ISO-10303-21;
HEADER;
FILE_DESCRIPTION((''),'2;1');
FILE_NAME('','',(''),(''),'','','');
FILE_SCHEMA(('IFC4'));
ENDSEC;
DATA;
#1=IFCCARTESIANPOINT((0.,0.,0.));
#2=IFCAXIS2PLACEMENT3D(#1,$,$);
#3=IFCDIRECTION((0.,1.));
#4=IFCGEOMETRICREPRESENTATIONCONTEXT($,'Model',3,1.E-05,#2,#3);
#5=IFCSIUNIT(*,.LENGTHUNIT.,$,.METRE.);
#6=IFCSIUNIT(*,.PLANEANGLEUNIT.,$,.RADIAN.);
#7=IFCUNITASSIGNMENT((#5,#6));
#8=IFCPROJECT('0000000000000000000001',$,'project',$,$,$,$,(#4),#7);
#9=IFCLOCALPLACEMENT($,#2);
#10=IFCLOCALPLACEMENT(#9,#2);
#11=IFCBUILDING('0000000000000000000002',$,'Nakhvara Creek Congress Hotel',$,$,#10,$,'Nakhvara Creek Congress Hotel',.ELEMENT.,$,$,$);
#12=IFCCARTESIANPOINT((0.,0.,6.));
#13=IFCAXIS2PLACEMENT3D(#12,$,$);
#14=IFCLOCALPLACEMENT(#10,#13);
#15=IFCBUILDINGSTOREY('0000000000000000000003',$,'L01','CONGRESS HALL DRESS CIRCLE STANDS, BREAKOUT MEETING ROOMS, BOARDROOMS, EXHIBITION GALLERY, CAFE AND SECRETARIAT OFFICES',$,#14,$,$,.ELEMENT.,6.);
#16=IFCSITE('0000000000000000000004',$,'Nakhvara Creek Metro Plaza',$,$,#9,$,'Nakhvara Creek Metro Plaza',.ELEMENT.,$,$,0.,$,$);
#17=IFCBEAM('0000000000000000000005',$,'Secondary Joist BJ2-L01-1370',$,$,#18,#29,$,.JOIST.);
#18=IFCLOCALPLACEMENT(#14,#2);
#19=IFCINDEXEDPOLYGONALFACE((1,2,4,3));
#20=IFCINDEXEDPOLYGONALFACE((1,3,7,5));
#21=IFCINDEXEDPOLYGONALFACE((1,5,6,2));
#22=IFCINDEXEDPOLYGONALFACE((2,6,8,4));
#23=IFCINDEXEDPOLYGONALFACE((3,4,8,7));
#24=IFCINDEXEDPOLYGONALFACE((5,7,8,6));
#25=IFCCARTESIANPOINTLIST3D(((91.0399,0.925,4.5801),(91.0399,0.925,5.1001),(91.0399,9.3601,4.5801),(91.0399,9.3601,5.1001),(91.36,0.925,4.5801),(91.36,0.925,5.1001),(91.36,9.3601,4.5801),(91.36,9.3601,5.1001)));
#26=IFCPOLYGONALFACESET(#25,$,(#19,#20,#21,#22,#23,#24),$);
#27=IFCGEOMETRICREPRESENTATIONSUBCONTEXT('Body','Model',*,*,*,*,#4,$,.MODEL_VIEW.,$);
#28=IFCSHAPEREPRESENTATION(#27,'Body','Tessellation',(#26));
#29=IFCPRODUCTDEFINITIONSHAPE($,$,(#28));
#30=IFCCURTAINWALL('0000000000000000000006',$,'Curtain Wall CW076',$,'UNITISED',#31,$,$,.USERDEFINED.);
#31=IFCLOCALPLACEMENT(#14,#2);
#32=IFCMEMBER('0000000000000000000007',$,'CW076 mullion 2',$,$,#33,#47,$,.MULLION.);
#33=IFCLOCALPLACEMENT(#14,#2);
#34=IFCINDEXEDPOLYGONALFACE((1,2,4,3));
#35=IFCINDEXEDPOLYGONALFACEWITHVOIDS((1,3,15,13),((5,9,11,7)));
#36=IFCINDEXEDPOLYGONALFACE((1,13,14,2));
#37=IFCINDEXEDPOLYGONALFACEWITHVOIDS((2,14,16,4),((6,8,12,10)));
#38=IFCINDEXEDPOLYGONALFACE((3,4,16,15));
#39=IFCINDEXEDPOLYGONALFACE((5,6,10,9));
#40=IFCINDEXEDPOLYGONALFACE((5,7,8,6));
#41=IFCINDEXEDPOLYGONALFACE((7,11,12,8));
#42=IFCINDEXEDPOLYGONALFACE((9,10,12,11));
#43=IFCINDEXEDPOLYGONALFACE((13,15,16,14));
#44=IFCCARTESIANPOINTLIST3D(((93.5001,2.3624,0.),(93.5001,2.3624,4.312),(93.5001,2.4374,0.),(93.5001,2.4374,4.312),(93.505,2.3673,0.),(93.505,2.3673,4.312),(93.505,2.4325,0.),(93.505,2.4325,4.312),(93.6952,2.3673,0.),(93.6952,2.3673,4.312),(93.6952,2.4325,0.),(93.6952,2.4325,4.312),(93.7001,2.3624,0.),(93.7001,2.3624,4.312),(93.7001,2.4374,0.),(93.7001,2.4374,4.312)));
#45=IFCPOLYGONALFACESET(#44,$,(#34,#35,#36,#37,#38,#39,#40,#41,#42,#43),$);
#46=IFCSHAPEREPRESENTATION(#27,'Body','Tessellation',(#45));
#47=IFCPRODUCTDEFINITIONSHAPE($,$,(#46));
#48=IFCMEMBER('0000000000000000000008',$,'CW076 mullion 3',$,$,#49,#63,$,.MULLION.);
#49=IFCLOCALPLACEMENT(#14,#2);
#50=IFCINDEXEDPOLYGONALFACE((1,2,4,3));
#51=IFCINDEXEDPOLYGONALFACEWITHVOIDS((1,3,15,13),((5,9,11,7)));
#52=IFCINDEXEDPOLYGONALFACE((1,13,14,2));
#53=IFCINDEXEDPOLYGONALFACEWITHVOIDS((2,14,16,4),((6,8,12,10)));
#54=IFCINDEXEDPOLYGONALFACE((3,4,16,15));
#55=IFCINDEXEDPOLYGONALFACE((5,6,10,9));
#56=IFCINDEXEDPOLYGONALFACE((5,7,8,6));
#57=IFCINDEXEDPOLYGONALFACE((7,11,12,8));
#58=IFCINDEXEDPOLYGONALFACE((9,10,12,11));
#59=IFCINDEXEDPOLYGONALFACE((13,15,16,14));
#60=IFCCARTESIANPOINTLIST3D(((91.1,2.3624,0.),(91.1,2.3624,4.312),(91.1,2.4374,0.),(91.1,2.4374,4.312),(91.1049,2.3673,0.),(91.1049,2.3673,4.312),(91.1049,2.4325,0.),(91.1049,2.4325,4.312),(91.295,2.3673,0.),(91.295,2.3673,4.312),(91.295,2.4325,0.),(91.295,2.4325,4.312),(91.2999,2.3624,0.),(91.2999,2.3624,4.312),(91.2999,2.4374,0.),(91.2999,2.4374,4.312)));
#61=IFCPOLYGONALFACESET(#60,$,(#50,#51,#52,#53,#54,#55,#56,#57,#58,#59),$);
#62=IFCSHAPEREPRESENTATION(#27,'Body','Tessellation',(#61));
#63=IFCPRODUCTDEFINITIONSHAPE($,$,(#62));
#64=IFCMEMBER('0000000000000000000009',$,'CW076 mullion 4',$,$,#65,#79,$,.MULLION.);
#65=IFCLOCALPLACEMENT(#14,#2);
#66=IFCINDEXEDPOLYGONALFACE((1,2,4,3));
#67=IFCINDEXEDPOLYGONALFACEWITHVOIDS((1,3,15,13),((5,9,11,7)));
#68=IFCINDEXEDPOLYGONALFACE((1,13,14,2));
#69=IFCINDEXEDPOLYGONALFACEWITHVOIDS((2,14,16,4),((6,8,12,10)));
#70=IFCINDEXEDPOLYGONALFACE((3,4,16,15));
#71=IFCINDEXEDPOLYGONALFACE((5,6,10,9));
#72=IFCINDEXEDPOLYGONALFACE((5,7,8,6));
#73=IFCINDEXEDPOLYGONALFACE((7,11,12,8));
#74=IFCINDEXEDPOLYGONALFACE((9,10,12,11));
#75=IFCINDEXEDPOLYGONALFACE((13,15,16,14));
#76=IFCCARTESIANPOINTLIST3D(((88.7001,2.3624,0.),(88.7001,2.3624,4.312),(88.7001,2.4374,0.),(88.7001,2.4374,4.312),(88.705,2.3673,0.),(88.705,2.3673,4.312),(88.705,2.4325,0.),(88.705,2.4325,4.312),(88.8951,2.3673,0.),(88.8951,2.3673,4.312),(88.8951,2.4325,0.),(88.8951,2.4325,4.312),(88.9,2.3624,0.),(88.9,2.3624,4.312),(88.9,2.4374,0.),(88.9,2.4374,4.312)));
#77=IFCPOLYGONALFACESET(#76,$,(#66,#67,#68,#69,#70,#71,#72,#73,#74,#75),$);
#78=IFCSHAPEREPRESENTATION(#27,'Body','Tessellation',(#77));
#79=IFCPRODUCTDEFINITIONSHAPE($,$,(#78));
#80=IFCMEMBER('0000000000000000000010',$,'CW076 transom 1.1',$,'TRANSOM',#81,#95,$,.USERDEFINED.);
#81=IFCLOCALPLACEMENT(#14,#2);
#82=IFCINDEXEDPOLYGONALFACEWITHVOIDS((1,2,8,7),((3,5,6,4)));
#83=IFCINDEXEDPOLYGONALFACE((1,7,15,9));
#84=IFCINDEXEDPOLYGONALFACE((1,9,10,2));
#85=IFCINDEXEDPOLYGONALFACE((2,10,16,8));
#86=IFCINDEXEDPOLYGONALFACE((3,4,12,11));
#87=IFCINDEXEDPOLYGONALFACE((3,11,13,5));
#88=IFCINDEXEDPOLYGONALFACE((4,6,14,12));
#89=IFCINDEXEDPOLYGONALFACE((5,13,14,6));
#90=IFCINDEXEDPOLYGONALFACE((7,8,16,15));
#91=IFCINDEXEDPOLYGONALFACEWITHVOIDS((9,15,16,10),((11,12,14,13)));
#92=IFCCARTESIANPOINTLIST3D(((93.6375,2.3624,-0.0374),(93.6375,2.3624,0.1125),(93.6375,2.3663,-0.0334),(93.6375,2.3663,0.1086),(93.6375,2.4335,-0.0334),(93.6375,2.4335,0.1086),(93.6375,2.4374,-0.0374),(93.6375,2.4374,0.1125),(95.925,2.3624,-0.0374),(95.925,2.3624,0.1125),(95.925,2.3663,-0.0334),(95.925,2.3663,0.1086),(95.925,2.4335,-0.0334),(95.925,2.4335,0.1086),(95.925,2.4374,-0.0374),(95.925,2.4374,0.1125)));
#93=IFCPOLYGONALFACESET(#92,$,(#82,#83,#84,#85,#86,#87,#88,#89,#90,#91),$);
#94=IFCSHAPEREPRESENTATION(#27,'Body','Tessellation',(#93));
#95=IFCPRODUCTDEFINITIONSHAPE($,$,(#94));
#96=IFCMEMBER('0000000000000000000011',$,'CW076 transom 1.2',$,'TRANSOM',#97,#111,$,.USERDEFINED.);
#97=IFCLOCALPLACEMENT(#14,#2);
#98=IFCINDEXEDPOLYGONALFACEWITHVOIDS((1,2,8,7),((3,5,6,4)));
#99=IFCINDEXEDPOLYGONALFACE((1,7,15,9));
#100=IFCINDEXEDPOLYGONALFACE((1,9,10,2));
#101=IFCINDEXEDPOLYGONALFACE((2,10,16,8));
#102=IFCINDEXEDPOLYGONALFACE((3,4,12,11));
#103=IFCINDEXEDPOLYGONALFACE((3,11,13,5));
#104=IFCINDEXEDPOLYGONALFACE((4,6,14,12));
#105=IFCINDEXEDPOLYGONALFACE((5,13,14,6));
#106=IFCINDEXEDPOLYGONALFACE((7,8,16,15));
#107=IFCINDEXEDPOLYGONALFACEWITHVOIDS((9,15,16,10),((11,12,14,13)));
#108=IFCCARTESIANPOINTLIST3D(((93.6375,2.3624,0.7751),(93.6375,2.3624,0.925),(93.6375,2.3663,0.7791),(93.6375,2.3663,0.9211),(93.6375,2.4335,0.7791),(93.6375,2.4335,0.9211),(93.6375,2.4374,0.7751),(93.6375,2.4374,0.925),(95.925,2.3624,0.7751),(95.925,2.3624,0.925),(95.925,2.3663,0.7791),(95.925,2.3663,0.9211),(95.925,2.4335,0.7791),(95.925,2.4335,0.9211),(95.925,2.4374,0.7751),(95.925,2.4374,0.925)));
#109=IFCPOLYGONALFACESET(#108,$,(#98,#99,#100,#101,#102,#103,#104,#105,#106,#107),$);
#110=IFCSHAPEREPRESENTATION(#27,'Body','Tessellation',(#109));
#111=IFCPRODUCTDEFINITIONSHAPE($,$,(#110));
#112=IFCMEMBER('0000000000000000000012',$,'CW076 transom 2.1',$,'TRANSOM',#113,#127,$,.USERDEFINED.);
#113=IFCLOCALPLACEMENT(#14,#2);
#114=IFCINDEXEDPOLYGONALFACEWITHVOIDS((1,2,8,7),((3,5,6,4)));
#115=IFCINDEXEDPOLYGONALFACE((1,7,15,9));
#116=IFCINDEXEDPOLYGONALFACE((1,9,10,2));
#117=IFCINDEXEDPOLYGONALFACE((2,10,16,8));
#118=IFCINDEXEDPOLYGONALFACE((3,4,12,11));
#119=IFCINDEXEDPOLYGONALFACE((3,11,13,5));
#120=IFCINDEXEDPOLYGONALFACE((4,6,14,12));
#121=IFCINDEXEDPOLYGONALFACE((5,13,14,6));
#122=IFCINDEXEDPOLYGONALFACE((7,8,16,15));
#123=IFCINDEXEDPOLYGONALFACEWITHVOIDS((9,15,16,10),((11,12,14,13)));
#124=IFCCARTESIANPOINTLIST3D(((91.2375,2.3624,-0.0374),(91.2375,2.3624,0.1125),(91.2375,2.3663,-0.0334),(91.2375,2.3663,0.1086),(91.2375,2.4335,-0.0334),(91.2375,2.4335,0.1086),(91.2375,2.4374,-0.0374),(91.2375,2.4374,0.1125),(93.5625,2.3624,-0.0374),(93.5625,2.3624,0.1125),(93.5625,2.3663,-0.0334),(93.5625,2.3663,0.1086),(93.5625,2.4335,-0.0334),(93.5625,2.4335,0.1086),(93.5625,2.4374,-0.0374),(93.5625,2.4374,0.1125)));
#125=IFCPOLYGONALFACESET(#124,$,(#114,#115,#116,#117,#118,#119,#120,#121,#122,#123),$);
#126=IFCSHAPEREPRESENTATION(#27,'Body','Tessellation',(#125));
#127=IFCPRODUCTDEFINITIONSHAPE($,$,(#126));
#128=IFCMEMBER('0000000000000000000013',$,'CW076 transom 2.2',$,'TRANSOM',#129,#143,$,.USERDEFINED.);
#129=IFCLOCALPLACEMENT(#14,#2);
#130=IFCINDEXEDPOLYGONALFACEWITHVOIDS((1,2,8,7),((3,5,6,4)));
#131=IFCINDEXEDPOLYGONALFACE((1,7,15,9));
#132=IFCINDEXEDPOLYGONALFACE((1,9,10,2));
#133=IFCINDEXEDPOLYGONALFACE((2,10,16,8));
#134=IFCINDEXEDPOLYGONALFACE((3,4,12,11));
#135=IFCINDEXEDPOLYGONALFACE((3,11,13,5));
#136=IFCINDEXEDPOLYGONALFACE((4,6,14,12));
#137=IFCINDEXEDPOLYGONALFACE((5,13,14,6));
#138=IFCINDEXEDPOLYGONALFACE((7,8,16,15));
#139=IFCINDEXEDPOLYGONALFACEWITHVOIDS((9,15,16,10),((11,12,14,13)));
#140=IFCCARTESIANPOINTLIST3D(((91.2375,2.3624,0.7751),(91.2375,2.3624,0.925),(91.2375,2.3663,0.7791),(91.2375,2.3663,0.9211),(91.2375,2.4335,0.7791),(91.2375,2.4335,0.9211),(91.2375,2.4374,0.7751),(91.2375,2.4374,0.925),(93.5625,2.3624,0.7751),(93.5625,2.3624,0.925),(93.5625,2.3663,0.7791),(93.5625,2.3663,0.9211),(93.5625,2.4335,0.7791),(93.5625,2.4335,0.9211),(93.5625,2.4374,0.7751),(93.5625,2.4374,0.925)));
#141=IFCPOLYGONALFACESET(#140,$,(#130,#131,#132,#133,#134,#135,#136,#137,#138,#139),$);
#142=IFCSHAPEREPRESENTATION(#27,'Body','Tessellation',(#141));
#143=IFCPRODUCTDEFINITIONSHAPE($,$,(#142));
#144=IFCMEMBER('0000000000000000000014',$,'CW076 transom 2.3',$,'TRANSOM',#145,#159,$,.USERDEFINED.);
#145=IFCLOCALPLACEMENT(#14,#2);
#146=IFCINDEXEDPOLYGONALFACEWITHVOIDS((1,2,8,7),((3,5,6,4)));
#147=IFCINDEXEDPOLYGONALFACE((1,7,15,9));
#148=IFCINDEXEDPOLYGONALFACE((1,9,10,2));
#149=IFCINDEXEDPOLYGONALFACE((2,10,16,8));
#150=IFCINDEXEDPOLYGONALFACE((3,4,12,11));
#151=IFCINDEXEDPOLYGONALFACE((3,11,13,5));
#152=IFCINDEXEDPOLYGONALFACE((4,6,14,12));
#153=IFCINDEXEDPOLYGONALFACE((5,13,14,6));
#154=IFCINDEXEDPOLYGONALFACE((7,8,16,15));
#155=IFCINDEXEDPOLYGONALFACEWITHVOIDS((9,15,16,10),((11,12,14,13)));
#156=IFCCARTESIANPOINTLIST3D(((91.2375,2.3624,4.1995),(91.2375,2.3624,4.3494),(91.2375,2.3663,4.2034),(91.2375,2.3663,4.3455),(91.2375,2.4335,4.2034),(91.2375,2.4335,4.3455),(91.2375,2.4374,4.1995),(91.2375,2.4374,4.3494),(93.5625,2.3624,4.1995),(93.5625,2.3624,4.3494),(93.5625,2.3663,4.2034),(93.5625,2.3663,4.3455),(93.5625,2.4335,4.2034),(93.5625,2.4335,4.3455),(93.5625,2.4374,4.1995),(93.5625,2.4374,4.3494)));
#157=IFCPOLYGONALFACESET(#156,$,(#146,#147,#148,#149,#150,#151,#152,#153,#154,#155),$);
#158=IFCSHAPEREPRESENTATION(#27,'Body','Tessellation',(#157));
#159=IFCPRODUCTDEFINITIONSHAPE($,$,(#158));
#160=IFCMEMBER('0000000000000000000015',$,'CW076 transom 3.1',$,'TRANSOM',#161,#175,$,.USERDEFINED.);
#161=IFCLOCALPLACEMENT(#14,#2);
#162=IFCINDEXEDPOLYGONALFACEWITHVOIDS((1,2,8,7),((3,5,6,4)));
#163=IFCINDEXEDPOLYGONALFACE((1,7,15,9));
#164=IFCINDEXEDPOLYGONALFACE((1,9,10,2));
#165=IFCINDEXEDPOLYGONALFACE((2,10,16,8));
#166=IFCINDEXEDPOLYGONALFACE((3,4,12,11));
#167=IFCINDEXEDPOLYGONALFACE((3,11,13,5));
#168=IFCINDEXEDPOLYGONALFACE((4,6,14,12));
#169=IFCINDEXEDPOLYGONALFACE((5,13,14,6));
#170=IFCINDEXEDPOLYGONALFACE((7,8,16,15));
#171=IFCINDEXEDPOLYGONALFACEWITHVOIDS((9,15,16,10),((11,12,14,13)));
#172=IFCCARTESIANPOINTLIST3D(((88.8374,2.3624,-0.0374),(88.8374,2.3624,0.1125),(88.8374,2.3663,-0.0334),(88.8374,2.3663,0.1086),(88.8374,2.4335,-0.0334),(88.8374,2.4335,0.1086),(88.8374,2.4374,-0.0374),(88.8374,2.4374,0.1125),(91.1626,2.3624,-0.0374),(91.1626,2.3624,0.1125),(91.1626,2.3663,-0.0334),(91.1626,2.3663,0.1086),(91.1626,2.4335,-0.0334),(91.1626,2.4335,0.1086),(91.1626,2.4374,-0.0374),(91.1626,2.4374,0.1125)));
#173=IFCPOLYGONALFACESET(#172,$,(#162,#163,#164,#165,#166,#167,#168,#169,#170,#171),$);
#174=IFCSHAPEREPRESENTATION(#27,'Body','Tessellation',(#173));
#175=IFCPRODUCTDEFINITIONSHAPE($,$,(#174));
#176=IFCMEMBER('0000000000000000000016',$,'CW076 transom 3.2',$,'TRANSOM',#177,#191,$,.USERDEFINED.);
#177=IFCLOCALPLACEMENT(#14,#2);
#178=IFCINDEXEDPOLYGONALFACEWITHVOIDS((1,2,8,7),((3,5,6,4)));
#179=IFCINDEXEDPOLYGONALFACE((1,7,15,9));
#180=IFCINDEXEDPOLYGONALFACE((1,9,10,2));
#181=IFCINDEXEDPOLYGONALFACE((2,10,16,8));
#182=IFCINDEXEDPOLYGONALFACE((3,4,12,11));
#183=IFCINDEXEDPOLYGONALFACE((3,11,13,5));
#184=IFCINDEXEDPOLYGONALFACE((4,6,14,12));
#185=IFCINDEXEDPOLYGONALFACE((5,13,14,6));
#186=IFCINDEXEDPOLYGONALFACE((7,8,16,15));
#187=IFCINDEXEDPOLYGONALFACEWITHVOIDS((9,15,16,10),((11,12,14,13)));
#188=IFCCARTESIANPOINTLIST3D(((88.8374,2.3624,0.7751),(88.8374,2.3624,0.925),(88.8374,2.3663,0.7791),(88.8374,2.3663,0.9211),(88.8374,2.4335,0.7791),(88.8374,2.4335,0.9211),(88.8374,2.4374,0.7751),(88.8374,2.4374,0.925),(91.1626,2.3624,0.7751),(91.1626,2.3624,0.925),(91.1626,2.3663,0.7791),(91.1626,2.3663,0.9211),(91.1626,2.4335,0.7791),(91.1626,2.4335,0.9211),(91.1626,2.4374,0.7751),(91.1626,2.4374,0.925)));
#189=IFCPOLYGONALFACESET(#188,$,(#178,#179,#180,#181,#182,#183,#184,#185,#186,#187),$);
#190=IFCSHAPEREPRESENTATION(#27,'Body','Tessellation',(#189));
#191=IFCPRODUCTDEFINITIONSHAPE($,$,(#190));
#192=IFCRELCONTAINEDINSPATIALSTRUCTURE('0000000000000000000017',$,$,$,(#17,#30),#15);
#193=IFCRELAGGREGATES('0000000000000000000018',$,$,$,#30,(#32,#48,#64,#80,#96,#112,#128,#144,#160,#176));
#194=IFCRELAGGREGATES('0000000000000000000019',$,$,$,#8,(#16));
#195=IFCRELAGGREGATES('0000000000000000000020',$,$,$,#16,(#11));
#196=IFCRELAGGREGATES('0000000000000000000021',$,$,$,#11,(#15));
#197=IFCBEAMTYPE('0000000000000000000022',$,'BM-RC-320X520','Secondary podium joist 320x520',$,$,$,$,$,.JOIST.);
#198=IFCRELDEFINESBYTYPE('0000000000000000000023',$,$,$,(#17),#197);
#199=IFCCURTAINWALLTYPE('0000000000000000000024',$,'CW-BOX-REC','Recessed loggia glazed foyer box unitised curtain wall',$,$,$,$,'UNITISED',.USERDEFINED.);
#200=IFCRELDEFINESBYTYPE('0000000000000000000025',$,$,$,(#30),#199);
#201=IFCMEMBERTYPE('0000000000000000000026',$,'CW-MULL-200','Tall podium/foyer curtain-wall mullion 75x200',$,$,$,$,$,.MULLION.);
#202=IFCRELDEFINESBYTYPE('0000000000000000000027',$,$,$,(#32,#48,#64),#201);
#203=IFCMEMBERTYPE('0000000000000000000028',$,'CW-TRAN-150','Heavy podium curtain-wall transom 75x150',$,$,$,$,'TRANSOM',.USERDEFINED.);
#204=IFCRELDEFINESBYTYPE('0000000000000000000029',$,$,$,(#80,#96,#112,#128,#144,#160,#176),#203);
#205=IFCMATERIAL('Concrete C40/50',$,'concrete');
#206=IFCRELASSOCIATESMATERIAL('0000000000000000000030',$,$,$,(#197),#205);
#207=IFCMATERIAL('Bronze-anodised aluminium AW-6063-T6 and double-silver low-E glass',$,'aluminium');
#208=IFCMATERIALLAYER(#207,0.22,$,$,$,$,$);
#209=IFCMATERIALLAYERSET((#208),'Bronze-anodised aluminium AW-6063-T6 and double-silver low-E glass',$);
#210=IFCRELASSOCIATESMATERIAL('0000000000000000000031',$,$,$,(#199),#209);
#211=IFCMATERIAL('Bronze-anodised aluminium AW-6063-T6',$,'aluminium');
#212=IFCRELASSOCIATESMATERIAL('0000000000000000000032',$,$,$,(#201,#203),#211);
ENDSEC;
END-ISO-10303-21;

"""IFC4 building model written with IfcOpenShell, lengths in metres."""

from ifc_helpers import new_model, si_unit, direction, frame, origin, origin_2d, place, context, subcontext, project, spatial, rectangle, hollow_rectangle, extrude, material, layer, layer_set, material_profile, profile_set, type_object, element, aggregate, save


model = new_model("IFC4")

# Units and contexts
model_context = context("Model", 3, precision=1e-05, world=origin(), true_north=direction((0.0, 1.0)))
body_context = subcontext(model_context, "Body", "Model", "MODEL_VIEW")
ifc_project = project(units=[si_unit("LENGTHUNIT", "METRE"), si_unit("PLANEANGLEUNIT", "RADIAN")], contexts=[model_context])

# Site, building, storey
site_placement = place(None, origin())
site = spatial("IfcSite", under=ifc_project, at=site_placement, Name="Nakhvara Creek Metro Plaza", LongName="Nakhvara Creek Metro Plaza", CompositionType="ELEMENT", RefElevation=0.0)
building_placement = place(site_placement, origin())
building = spatial("IfcBuilding", under=site, at=building_placement, Name="Nakhvara Creek Congress Hotel", LongName="Nakhvara Creek Congress Hotel", CompositionType="ELEMENT")
storey_placement = place(building_placement, frame((0.0, 0.0, 6.0)))
storey = spatial("IfcBuildingStorey", under=building, at=storey_placement, Name="L01", Description="CONGRESS HALL DRESS CIRCLE STANDS, BREAKOUT MEETING ROOMS, BOARDROOMS, EXHIBITION GALLERY, CAFE AND SECRETARIAT OFFICES", CompositionType="ELEMENT", Elevation=6.0)

# Beam
ifc_material_1 = material(Name="Concrete C40/50", Category="concrete")
ifc_material_profile_1 = material_profile(ifc_material_1, rectangle(XDim=0.3201, YDim=0.52, at=origin_2d()), Name="RC-BM 320x520", Category="LoadBearing")
ifc_profile_set_1 = profile_set([ifc_material_profile_1], Name="Concrete C40/50")
beam_type = type_object("IfcBeamType", Name="BM-RC-320X520", Description="Secondary podium joist 320x520", PredefinedType="JOIST", material=ifc_profile_set_1)
beam_placement = place(storey_placement, frame((91.2, 0.925, 4.8401), z_axis=(0.0, 1.0, 0.0), x_axis=(-1.0, 0.0, 0.0)))
element("IfcBeam", 1, at=beam_placement, inside=storey, type_object=beam_type, Name="Secondary Joist BJ2-L01-1370", PredefinedType="JOIST", context=body_context, shape_type="SweptSolid", body=[
    extrude(rectangle(XDim=0.3201, YDim=0.52, at=origin_2d()), origin(), (0.0, 0.0, 1.0), 8.4351),
])

# Curtain wall, members
ifc_material_2 = material(Name="Bronze-anodised aluminium AW-6063-T6 and double-silver low-E glass", Category="aluminium")
ifc_layer = layer(ifc_material_2, 0.22)
ifc_layer_set = layer_set([ifc_layer], Name="Bronze-anodised aluminium AW-6063-T6 and double-silver low-E glass")
curtain_wall_type = type_object("IfcCurtainWallType", Name="CW-BOX-REC", Description="Recessed loggia glazed foyer box unitised curtain wall", ElementType="UNITISED", PredefinedType="USERDEFINED", material=ifc_layer_set)
curtain_wall_placement = place(storey_placement, origin())
curtain_wall = element("IfcCurtainWall", 2, at=curtain_wall_placement, inside=storey, type_object=curtain_wall_type, Name="Curtain Wall CW076", ObjectType="UNITISED", PredefinedType="USERDEFINED")
ifc_material_3 = material(Name="Bronze-anodised aluminium AW-6063-T6", Category="aluminium")
ifc_material_profile_2 = material_profile(ifc_material_3, hollow_rectangle(XDim=0.075, YDim=0.2, WallThickness=0.0049, at=origin_2d()), Name="ALU-MULL 75x200x5", Category="LoadBearing")
ifc_profile_set_2 = profile_set([ifc_material_profile_2], Name="Bronze-anodised aluminium AW-6063-T6")
member_type_1 = type_object("IfcMemberType", Name="CW-MULL-200", Description="Tall podium/foyer curtain-wall mullion 75x200", PredefinedType="MULLION", material=ifc_profile_set_2)
member_1_placement = place(storey_placement, frame((93.6001, 2.3999, 0.0), z_axis=(0.0, 0.0, 1.0), x_axis=(0.0, -1.0, 0.0)))
member_1 = element("IfcMember", 3, at=member_1_placement, type_object=member_type_1, Name="CW076 mullion 2", PredefinedType="MULLION", context=body_context, shape_type="SweptSolid", body=[
    extrude(hollow_rectangle(XDim=0.075, YDim=0.2, WallThickness=0.0049, at=origin_2d()), origin(), (0.0, 0.0, 1.0), 4.312),
])
member_2_placement = place(storey_placement, frame((91.2, 2.3999, 0.0), z_axis=(0.0, 0.0, 1.0), x_axis=(0.0, -1.0, 0.0)))
member_2 = element("IfcMember", 4, at=member_2_placement, type_object=member_type_1, Name="CW076 mullion 3", PredefinedType="MULLION", context=body_context, shape_type="SweptSolid", body=[
    extrude(hollow_rectangle(XDim=0.075, YDim=0.2, WallThickness=0.0049, at=origin_2d()), origin(), (0.0, 0.0, 1.0), 4.312),
])
member_3_placement = place(storey_placement, frame((88.8, 2.3999, 0.0), z_axis=(0.0, 0.0, 1.0), x_axis=(0.0, -1.0, 0.0)))
member_3 = element("IfcMember", 5, at=member_3_placement, type_object=member_type_1, Name="CW076 mullion 4", PredefinedType="MULLION", context=body_context, shape_type="SweptSolid", body=[
    extrude(hollow_rectangle(XDim=0.075, YDim=0.2, WallThickness=0.0049, at=origin_2d()), origin(), (0.0, 0.0, 1.0), 4.312),
])
ifc_material_profile_3 = material_profile(ifc_material_3, hollow_rectangle(XDim=0.075, YDim=0.1499, WallThickness=0.0039, at=origin_2d()), Name="ALU-TRAN 75x150x4", Category="LoadBearing")
ifc_profile_set_3 = profile_set([ifc_material_profile_3], Name="Bronze-anodised aluminium AW-6063-T6")
member_type_2 = type_object("IfcMemberType", Name="CW-TRAN-150", Description="Heavy podium curtain-wall transom 75x150", ElementType="TRANSOM", PredefinedType="USERDEFINED", material=ifc_profile_set_3)
member_4_placement = place(storey_placement, frame((95.925, 2.3999, 0.0376), z_axis=(-1.0, 0.0, 0.0), x_axis=(0.0, -1.0, 0.0)))
member_4 = element("IfcMember", 6, at=member_4_placement, type_object=member_type_2, Name="CW076 transom 1.1", ObjectType="TRANSOM", PredefinedType="USERDEFINED", context=body_context, shape_type="SweptSolid", body=[
    extrude(hollow_rectangle(XDim=0.075, YDim=0.1499, WallThickness=0.0039, at=origin_2d()), origin(), (0.0, 0.0, 1.0), 2.2876),
])
member_5_placement = place(storey_placement, frame((95.925, 2.3999, 0.8501), z_axis=(-1.0, 0.0, 0.0), x_axis=(0.0, -1.0, 0.0)))
member_5 = element("IfcMember", 7, at=member_5_placement, type_object=member_type_2, Name="CW076 transom 1.2", ObjectType="TRANSOM", PredefinedType="USERDEFINED", context=body_context, shape_type="SweptSolid", body=[
    extrude(hollow_rectangle(XDim=0.075, YDim=0.1499, WallThickness=0.0039, at=origin_2d()), origin(), (0.0, 0.0, 1.0), 2.2876),
])
member_6_placement = place(storey_placement, frame((93.5625, 2.3999, 0.0376), z_axis=(-1.0, 0.0, 0.0), x_axis=(0.0, -1.0, 0.0)))
member_6 = element("IfcMember", 8, at=member_6_placement, type_object=member_type_2, Name="CW076 transom 2.1", ObjectType="TRANSOM", PredefinedType="USERDEFINED", context=body_context, shape_type="SweptSolid", body=[
    extrude(hollow_rectangle(XDim=0.075, YDim=0.1499, WallThickness=0.0039, at=origin_2d()), origin(), (0.0, 0.0, 1.0), 2.325),
])
member_7_placement = place(storey_placement, frame((93.5625, 2.3999, 0.8501), z_axis=(-1.0, 0.0, 0.0), x_axis=(0.0, -1.0, 0.0)))
member_7 = element("IfcMember", 9, at=member_7_placement, type_object=member_type_2, Name="CW076 transom 2.2", ObjectType="TRANSOM", PredefinedType="USERDEFINED", context=body_context, shape_type="SweptSolid", body=[
    extrude(hollow_rectangle(XDim=0.075, YDim=0.1499, WallThickness=0.0039, at=origin_2d()), origin(), (0.0, 0.0, 1.0), 2.325),
])
member_8_placement = place(storey_placement, frame((93.5625, 2.3999, 4.2744), z_axis=(-1.0, 0.0, 0.0), x_axis=(0.0, -1.0, 0.0)))
member_8 = element("IfcMember", 10, at=member_8_placement, type_object=member_type_2, Name="CW076 transom 2.3", ObjectType="TRANSOM", PredefinedType="USERDEFINED", context=body_context, shape_type="SweptSolid", body=[
    extrude(hollow_rectangle(XDim=0.075, YDim=0.1499, WallThickness=0.0039, at=origin_2d()), origin(), (0.0, 0.0, 1.0), 2.325),
])
member_9_placement = place(storey_placement, frame((91.1626, 2.3999, 0.0376), z_axis=(-1.0, 0.0, 0.0), x_axis=(0.0, -1.0, 0.0)))
member_9 = element("IfcMember", 11, at=member_9_placement, type_object=member_type_2, Name="CW076 transom 3.1", ObjectType="TRANSOM", PredefinedType="USERDEFINED", context=body_context, shape_type="SweptSolid", body=[
    extrude(hollow_rectangle(XDim=0.075, YDim=0.1499, WallThickness=0.0039, at=origin_2d()), origin(), (0.0, 0.0, 1.0), 2.3252),
])
member_10_placement = place(storey_placement, frame((91.1626, 2.3999, 0.8501), z_axis=(-1.0, 0.0, 0.0), x_axis=(0.0, -1.0, 0.0)))
member_10 = element("IfcMember", 12, at=member_10_placement, type_object=member_type_2, Name="CW076 transom 3.2", ObjectType="TRANSOM", PredefinedType="USERDEFINED", context=body_context, shape_type="SweptSolid", body=[
    extrude(hollow_rectangle(XDim=0.075, YDim=0.1499, WallThickness=0.0039, at=origin_2d()), origin(), (0.0, 0.0, 1.0), 2.3252),
])
aggregate(curtain_wall, [member_1, member_2, member_3, member_4, member_5, member_6, member_7, member_8, member_9, member_10])

save(model, "model.ifc")
